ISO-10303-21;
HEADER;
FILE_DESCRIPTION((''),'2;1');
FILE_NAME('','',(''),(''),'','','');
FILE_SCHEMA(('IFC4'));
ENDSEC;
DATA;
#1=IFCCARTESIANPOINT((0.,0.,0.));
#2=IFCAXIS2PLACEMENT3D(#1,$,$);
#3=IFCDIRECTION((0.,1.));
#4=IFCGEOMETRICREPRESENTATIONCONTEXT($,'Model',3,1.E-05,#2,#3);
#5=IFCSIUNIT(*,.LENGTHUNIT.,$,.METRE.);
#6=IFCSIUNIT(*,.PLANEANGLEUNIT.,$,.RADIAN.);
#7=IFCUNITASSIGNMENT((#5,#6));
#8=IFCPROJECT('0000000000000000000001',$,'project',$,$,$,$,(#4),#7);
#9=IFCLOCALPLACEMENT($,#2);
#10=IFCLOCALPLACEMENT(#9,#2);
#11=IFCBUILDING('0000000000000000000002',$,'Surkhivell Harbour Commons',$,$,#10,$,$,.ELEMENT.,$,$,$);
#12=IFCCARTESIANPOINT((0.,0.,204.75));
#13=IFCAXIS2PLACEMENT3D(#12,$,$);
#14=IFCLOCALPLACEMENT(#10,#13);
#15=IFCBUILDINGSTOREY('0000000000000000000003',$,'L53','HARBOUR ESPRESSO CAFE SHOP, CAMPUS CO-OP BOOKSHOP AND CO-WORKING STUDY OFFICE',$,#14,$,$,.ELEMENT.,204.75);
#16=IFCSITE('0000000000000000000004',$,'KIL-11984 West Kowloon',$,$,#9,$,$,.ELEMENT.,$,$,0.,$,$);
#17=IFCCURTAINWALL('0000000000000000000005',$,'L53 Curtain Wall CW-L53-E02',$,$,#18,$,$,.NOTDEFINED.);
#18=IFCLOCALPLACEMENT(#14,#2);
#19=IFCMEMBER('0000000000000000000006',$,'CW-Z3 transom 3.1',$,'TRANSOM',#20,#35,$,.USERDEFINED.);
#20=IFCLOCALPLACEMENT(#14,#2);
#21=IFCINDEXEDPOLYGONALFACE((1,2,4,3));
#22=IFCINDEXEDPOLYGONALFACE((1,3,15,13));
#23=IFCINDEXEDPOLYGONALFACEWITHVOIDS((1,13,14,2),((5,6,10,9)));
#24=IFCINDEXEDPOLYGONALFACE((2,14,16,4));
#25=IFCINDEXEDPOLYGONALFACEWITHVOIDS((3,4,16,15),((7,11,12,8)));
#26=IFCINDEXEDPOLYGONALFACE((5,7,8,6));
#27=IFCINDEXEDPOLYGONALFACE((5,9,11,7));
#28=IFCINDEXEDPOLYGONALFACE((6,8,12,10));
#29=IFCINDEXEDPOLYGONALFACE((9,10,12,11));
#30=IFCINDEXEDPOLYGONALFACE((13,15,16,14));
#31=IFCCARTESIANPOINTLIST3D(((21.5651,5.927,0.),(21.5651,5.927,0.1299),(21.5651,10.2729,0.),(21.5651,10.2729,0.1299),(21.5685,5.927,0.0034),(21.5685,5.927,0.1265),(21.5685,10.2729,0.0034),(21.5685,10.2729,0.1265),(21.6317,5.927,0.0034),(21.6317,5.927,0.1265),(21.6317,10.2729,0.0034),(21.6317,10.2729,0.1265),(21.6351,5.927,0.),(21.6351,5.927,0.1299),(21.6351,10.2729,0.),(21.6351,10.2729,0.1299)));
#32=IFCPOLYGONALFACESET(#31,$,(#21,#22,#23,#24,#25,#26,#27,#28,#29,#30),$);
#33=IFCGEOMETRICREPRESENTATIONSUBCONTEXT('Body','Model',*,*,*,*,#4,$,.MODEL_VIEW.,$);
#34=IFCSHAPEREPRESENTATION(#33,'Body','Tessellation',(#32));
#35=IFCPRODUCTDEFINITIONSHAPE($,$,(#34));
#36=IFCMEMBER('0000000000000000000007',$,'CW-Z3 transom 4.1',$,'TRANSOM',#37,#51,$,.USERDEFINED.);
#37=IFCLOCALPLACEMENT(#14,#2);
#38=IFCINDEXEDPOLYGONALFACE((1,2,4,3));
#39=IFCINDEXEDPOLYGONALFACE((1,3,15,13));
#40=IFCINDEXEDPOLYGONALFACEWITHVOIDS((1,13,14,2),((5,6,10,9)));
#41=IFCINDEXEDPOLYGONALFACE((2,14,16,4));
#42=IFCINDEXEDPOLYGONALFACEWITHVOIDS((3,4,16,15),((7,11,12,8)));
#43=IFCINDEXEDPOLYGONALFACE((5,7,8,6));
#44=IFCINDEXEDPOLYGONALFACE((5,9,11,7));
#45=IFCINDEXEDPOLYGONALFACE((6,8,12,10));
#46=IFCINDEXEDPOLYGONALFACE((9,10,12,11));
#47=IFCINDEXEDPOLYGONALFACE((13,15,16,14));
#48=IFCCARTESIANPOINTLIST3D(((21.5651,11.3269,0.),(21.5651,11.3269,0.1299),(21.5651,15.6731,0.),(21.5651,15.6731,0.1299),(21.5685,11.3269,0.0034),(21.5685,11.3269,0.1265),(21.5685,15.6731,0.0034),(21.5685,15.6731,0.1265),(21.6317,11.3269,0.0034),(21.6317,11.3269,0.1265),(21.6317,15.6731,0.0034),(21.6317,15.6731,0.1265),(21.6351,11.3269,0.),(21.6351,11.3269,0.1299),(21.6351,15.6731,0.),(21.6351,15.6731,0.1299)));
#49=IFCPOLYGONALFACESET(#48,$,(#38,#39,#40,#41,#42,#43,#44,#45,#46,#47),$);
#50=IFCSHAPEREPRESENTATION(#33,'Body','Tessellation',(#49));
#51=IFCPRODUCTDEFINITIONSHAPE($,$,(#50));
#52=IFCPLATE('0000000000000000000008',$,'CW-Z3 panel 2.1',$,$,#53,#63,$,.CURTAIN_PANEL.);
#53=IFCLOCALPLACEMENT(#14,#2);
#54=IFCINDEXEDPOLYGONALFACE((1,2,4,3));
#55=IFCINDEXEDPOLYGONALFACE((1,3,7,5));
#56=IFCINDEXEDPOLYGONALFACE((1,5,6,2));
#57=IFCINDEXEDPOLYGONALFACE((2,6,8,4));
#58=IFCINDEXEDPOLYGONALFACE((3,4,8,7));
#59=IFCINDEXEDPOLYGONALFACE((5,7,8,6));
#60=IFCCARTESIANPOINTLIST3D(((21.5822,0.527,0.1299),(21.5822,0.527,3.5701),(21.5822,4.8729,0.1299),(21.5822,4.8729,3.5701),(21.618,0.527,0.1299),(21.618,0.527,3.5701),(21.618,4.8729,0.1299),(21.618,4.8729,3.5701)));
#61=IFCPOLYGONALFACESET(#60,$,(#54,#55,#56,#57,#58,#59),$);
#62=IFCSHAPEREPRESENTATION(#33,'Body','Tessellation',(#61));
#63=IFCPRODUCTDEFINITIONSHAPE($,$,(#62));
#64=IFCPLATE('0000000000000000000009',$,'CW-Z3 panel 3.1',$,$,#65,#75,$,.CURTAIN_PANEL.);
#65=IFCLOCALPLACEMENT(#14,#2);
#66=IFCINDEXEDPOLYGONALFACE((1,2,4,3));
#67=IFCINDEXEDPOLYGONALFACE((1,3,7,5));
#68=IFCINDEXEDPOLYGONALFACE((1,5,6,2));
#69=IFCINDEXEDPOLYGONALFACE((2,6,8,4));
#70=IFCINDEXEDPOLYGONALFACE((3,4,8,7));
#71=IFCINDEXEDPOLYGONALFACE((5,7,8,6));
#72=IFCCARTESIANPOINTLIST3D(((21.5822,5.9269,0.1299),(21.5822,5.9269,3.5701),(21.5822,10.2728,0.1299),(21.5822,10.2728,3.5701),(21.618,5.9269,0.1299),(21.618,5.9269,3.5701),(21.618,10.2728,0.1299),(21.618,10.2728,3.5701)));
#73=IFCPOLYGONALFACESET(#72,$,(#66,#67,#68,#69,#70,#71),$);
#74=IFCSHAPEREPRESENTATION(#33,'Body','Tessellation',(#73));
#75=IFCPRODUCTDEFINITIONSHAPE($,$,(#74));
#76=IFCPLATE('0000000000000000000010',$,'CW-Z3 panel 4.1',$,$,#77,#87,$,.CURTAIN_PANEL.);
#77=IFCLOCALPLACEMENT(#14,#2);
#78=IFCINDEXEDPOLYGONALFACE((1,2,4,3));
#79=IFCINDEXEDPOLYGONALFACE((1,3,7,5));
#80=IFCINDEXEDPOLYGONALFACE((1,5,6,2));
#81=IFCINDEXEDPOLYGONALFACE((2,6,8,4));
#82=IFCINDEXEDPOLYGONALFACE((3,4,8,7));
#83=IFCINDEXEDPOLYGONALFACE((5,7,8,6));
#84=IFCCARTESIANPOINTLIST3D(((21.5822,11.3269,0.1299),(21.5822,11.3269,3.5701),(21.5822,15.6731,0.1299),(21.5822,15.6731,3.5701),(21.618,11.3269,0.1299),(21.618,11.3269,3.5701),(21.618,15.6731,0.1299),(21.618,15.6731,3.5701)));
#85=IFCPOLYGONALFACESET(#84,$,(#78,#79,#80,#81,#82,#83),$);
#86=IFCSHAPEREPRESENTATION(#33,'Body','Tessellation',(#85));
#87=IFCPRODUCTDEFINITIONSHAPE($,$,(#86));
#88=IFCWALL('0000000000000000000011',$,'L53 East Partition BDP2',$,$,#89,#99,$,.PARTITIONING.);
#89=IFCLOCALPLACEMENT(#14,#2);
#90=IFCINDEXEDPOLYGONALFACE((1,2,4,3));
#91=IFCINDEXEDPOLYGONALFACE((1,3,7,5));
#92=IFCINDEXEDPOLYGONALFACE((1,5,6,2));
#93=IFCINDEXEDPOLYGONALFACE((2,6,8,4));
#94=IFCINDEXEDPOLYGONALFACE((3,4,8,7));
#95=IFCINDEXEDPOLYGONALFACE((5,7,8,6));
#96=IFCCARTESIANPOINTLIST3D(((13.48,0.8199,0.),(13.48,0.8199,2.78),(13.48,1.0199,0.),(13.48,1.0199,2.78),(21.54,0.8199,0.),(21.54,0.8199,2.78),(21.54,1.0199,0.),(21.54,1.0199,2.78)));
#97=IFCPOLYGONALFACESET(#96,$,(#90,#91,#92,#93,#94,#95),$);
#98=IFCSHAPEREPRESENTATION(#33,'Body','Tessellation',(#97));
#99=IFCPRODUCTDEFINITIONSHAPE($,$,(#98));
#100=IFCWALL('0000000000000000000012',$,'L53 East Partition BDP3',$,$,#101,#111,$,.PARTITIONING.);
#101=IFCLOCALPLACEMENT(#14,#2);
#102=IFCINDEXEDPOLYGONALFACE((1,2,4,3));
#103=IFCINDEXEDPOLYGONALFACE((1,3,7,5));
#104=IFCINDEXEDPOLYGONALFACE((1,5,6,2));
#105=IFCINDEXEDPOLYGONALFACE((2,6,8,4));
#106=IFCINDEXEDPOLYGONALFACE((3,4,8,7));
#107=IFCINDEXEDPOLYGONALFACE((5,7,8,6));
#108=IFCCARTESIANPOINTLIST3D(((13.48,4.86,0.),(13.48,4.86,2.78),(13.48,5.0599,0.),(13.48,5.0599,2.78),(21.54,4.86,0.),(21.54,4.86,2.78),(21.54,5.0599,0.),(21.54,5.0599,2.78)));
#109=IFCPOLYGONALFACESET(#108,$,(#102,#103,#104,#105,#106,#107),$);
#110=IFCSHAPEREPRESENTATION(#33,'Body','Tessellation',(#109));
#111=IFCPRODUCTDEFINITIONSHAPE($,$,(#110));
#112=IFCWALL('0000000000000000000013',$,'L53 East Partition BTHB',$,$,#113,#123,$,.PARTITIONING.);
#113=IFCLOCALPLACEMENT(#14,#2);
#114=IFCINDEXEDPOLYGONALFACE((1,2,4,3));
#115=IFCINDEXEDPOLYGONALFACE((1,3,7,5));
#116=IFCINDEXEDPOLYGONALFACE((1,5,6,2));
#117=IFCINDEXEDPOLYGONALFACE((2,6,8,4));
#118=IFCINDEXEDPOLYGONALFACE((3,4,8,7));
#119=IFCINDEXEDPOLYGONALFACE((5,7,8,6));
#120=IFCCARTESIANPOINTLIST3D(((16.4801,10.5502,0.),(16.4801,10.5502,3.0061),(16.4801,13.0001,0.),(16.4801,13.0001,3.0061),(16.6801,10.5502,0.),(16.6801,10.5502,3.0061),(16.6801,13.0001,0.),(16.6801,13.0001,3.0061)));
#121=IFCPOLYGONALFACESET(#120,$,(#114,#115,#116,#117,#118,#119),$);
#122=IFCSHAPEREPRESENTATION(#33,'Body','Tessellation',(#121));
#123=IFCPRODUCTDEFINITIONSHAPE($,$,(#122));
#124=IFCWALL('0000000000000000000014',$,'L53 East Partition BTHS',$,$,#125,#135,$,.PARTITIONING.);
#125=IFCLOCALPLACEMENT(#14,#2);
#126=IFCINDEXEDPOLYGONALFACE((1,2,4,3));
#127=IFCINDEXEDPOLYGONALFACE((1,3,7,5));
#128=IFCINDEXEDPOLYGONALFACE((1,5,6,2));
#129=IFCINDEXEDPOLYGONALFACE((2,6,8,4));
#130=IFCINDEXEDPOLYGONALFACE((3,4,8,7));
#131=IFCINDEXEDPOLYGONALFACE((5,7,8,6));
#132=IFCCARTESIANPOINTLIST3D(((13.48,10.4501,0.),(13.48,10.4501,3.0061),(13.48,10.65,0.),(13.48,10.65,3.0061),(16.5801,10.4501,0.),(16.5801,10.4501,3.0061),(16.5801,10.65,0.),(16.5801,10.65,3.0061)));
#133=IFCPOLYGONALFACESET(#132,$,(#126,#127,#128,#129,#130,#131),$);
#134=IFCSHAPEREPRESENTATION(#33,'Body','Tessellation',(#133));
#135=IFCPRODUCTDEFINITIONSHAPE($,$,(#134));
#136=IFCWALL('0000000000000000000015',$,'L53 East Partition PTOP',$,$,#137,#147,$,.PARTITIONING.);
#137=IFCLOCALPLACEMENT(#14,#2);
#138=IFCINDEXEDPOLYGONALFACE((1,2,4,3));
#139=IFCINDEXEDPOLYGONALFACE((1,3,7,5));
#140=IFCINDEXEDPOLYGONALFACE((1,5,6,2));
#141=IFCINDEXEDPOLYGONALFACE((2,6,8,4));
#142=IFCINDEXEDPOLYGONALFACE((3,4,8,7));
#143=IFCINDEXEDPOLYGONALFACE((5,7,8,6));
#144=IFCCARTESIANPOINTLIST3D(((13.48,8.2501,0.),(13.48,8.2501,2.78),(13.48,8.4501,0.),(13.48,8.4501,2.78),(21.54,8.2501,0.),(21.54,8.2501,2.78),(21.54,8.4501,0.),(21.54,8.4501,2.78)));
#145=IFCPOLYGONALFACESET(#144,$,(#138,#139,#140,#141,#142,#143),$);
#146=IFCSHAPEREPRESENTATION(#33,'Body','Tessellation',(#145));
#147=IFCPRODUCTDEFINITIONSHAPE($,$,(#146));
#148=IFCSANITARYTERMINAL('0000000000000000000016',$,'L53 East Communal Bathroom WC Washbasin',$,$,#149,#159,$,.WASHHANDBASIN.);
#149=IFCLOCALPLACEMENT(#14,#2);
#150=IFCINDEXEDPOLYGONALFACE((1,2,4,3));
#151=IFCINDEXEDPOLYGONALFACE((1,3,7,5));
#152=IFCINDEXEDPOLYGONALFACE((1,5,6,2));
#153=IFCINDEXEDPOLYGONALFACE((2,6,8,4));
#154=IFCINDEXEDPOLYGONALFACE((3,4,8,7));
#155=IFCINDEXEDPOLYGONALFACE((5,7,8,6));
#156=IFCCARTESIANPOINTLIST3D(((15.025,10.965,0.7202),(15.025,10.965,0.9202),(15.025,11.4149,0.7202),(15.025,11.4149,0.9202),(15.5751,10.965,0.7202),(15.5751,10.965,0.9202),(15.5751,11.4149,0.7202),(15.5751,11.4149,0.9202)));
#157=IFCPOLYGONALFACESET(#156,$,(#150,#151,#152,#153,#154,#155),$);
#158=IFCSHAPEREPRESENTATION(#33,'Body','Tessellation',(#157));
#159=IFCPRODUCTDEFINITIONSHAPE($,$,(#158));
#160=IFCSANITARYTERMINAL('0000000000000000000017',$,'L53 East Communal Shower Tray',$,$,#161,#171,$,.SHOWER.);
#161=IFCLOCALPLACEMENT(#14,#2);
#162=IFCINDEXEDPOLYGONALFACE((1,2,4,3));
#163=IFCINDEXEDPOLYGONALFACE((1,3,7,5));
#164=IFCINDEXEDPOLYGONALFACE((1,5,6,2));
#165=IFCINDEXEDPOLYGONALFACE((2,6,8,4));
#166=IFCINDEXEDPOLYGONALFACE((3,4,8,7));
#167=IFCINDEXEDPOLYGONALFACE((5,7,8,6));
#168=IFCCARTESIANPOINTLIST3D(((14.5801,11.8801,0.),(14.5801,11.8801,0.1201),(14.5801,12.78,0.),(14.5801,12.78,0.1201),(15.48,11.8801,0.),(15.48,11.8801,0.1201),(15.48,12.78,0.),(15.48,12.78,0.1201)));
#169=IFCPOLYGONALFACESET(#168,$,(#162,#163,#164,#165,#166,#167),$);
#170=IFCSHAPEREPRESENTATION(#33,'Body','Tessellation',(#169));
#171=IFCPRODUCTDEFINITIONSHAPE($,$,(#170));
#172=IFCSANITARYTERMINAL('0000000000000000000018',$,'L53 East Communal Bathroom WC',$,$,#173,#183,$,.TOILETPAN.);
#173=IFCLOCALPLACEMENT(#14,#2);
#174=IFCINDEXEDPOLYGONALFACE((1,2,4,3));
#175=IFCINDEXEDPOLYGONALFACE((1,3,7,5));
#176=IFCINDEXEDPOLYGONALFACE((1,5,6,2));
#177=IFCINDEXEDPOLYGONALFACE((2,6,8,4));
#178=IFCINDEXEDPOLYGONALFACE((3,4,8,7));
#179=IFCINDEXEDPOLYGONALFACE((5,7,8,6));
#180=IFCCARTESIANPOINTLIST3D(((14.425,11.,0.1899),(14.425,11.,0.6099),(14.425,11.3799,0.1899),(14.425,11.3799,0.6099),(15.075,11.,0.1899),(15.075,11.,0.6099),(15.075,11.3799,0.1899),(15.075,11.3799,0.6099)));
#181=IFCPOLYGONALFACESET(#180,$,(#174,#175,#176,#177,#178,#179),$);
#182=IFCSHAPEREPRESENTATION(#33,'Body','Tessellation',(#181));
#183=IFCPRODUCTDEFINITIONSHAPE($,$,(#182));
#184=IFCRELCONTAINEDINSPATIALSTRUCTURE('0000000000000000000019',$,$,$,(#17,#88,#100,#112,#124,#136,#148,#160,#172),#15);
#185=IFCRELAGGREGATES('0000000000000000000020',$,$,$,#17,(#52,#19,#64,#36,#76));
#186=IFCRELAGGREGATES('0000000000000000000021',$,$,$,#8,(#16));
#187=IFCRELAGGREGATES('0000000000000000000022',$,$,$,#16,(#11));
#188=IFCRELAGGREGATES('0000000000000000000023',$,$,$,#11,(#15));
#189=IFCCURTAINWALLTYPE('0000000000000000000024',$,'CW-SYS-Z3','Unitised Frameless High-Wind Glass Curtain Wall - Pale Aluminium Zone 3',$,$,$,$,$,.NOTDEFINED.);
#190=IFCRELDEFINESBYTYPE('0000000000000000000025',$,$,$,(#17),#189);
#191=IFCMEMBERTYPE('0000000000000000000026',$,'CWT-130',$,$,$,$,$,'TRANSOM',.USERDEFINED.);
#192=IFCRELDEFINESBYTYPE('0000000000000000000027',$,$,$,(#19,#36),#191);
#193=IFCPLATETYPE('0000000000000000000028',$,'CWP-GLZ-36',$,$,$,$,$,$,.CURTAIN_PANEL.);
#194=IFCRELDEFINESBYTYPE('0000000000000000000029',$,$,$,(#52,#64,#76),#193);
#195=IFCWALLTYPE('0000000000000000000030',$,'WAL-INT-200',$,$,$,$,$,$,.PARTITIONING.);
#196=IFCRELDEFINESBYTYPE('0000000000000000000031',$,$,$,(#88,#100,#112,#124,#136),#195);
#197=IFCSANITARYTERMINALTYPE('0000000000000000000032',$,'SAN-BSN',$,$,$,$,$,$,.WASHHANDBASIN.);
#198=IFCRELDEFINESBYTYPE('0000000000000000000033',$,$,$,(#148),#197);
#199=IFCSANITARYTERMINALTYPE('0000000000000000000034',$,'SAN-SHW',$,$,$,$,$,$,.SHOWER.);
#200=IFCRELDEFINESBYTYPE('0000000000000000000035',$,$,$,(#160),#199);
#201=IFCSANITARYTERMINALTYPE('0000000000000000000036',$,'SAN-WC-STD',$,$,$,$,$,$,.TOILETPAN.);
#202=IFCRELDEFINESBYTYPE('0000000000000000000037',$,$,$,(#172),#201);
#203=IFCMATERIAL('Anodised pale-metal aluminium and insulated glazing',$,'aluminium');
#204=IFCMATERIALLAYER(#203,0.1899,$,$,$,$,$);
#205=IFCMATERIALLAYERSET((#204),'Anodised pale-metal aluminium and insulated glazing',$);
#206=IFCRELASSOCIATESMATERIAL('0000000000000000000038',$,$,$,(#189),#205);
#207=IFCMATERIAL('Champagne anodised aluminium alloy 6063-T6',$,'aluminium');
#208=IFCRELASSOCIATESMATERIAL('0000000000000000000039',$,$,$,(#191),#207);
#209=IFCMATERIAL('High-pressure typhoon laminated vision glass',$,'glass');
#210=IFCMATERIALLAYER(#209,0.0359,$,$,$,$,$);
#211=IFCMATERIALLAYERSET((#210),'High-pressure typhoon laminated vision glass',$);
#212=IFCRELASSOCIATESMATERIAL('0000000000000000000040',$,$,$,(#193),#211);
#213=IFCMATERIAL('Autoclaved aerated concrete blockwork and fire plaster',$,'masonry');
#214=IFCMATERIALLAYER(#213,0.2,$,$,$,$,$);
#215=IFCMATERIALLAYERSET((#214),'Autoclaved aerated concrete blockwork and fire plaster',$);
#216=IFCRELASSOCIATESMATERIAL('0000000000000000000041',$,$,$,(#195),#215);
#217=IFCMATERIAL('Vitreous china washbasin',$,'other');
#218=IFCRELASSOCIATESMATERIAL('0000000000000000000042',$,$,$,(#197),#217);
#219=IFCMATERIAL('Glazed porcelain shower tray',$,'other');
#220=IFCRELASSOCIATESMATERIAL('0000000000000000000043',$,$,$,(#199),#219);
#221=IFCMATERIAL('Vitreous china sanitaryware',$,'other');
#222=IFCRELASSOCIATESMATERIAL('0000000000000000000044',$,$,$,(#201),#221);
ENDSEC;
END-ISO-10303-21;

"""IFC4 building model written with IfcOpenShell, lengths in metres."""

from ifc_helpers import new_model, si_unit, direction, frame, frame_2d, origin, origin_2d, place, context, subcontext, project, spatial, rectangle, hollow_rectangle, extrude, material, layer, layer_set, material_profile, profile_set, type_object, element, aggregate, save


model = new_model("IFC4")

# Units and contexts
model_context = context("Model", 3, precision=1e-05, world=origin(), true_north=direction((0.0, 1.0)))
body_context = subcontext(model_context, "Body", "Model", "MODEL_VIEW")
ifc_project = project(units=[si_unit("LENGTHUNIT", "METRE"), si_unit("PLANEANGLEUNIT", "RADIAN")], contexts=[model_context])

# Site, building, storey
site_placement = place(None, origin())
site = spatial("IfcSite", under=ifc_project, at=site_placement, Name="KIL-11984 West Kowloon", CompositionType="ELEMENT", RefElevation=0.0)
building_placement = place(site_placement, origin())
building = spatial("IfcBuilding", under=site, at=building_placement, Name="Surkhivell Harbour Commons", CompositionType="ELEMENT")
storey_placement = place(building_placement, frame((0.0, 0.0, 204.75)))
storey = spatial("IfcBuildingStorey", under=building, at=storey_placement, Name="L53", Description="HARBOUR ESPRESSO CAFE SHOP, CAMPUS CO-OP BOOKSHOP AND CO-WORKING STUDY OFFICE", CompositionType="ELEMENT", Elevation=204.75)

# Curtain wall, members, plates
ifc_material_1 = material(Name="Anodised pale-metal aluminium and insulated glazing", Category="aluminium")
ifc_layer_1 = layer(ifc_material_1, 0.1899)
ifc_layer_set_1 = layer_set([ifc_layer_1], Name="Anodised pale-metal aluminium and insulated glazing")
curtain_wall_type = type_object("IfcCurtainWallType", Name="CW-SYS-Z3", Description="Unitised Frameless High-Wind Glass Curtain Wall - Pale Aluminium Zone 3", PredefinedType="NOTDEFINED", material=ifc_layer_set_1)
curtain_wall_placement = place(storey_placement, origin())
curtain_wall = element("IfcCurtainWall", 1, at=curtain_wall_placement, inside=storey, type_object=curtain_wall_type, Name="L53 Curtain Wall CW-L53-E02", PredefinedType="NOTDEFINED")
ifc_material_2 = material(Name="Champagne anodised aluminium alloy 6063-T6", Category="aluminium")
ifc_material_profile_1 = material_profile(ifc_material_2, hollow_rectangle(XDim=0.0701, YDim=0.1299, WallThickness=0.0034, at=origin_2d()), Name="ALU-TRAN-70x130")
ifc_profile_set_1 = profile_set([ifc_material_profile_1], Name="Champagne anodised aluminium alloy 6063-T6")
member_type_1 = type_object("IfcMemberType", Name="CWT-130", ElementType="TRANSOM", PredefinedType="USERDEFINED", material=ifc_profile_set_1)
member_1_placement = place(storey_placement, frame((21.6001, 5.927, 0.0649), z_axis=(0.0, 1.0, 0.0), x_axis=(-1.0, 0.0, 0.0)))
member_1 = element("IfcMember", 2, at=member_1_placement, type_object=member_type_1, Name="CW-Z3 transom 3.1", ObjectType="TRANSOM", PredefinedType="USERDEFINED", context=body_context, shape_type="SweptSolid", body=[
    extrude(hollow_rectangle(XDim=0.0701, YDim=0.1299, WallThickness=0.0034, at=origin_2d()), origin(), (0.0, 0.0, 1.0), 4.3459),
])
member_2_placement = place(storey_placement, frame((21.6001, 11.3269, 0.0649), z_axis=(0.0, 1.0, 0.0), x_axis=(-1.0, 0.0, 0.0)))
member_2 = element("IfcMember", 3, at=member_2_placement, type_object=member_type_1, Name="CW-Z3 transom 4.1", ObjectType="TRANSOM", PredefinedType="USERDEFINED", context=body_context, shape_type="SweptSolid", body=[
    extrude(hollow_rectangle(XDim=0.0701, YDim=0.1299, WallThickness=0.0034, at=origin_2d()), origin(), (0.0, 0.0, 1.0), 4.3462),
])
ifc_material_3 = material(Name="High-pressure typhoon laminated vision glass", Category="glass")
ifc_layer_2 = layer(ifc_material_3, 0.0359)
ifc_layer_set_2 = layer_set([ifc_layer_2], Name="High-pressure typhoon laminated vision glass")
plate_type = type_object("IfcPlateType", Name="CWP-GLZ-36", PredefinedType="CURTAIN_PANEL", material=ifc_layer_set_2)
plate_1_placement = place(storey_placement, frame((21.6001, 0.5271, 0.1299), z_axis=(0.0, 0.0, 1.0), x_axis=(0.0, 1.0, 0.0)))
plate_1 = element("IfcPlate", 4, at=plate_1_placement, type_object=plate_type, Name="CW-Z3 panel 2.1", PredefinedType="CURTAIN_PANEL", context=body_context, shape_type="SweptSolid", body=[
    extrude(rectangle(XDim=4.3459, YDim=0.0359, at=frame_2d((2.1729, 0.0))), origin(), (0.0, 0.0, 1.0), 3.4402),
])
plate_2_placement = place(storey_placement, frame((21.6001, 5.927, 0.1299), z_axis=(0.0, 0.0, 1.0), x_axis=(0.0, 1.0, 0.0)))
plate_2 = element("IfcPlate", 5, at=plate_2_placement, type_object=plate_type, Name="CW-Z3 panel 3.1", PredefinedType="CURTAIN_PANEL", context=body_context, shape_type="SweptSolid", body=[
    extrude(rectangle(XDim=4.3459, YDim=0.0359, at=frame_2d((2.1729, 0.0))), origin(), (0.0, 0.0, 1.0), 3.4402),
])
plate_3_placement = place(storey_placement, frame((21.6001, 11.3269, 0.1299), z_axis=(0.0, 0.0, 1.0), x_axis=(0.0, 1.0, 0.0)))
plate_3 = element("IfcPlate", 6, at=plate_3_placement, type_object=plate_type, Name="CW-Z3 panel 4.1", PredefinedType="CURTAIN_PANEL", context=body_context, shape_type="SweptSolid", body=[
    extrude(rectangle(XDim=4.3462, YDim=0.0359, at=frame_2d((2.1731, 0.0))), origin(), (0.0, 0.0, 1.0), 3.4402),
])
aggregate(curtain_wall, [plate_1, member_1, plate_2, member_2, plate_3])

# Walls
ifc_material_4 = material(Name="Autoclaved aerated concrete blockwork and fire plaster", Category="masonry")
ifc_layer_3 = layer(ifc_material_4, 0.2)
ifc_layer_set_3 = layer_set([ifc_layer_3], Name="Autoclaved aerated concrete blockwork and fire plaster")
wall_type = type_object("IfcWallType", Name="WAL-INT-200", PredefinedType="PARTITIONING", material=ifc_layer_set_3)
for number, where, z_axis, x_axis, name in (
    (7, (13.48, 0.9199, 0.0), (0.0, 0.0, 1.0), (1.0, 0.0, 0.0), "L53 East Partition BDP2"),
    (8, (13.48, 4.96, 0.0), (0.0, 0.0, 1.0), (1.0, 0.0, 0.0), "L53 East Partition BDP3"),
):
    element("IfcWall", number, at=place(storey_placement, frame(where, z_axis=z_axis, x_axis=x_axis)), inside=storey, type_object=wall_type, Name=name, PredefinedType="PARTITIONING", context=body_context, shape_type="SweptSolid", body=[
        extrude(rectangle(XDim=8.0601, YDim=0.2, at=frame_2d((4.03, 0.0))), origin(), (0.0, 0.0, 1.0), 2.78),
    ])
wall_1_placement = place(storey_placement, frame((16.5801, 10.55, 0.0), z_axis=(0.0, 0.0, 1.0), x_axis=(0.0, 1.0, 0.0)))
element("IfcWall", 9, at=wall_1_placement, inside=storey, type_object=wall_type, Name="L53 East Partition BTHB", PredefinedType="PARTITIONING", context=body_context, shape_type="SweptSolid", body=[
    extrude(rectangle(XDim=2.45, YDim=0.2, at=frame_2d((1.2251, 0.0))), origin(), (0.0, 0.0, 1.0), 3.0061),
])
wall_2_placement = place(storey_placement, frame((13.48, 10.55, 0.0), z_axis=(0.0, 0.0, 1.0), x_axis=(1.0, 0.0, 0.0)))
element("IfcWall", 10, at=wall_2_placement, inside=storey, type_object=wall_type, Name="L53 East Partition BTHS", PredefinedType="PARTITIONING", context=body_context, shape_type="SweptSolid", body=[
    extrude(rectangle(XDim=3.1001, YDim=0.2, at=frame_2d((1.55, 0.0))), origin(), (0.0, 0.0, 1.0), 3.0061),
])
wall_3_placement = place(storey_placement, frame((13.48, 8.3501, 0.0), z_axis=(0.0, 0.0, 1.0), x_axis=(1.0, 0.0, 0.0)))
element("IfcWall", 11, at=wall_3_placement, inside=storey, type_object=wall_type, Name="L53 East Partition PTOP", PredefinedType="PARTITIONING", context=body_context, shape_type="SweptSolid", body=[
    extrude(rectangle(XDim=8.0601, YDim=0.2, at=frame_2d((4.03, 0.0))), origin(), (0.0, 0.0, 1.0), 2.78),
])

# Sanitary terminals
ifc_material_5 = material(Name="Vitreous china washbasin", Category="other")
sanitary_terminal_type_1 = type_object("IfcSanitaryTerminalType", Name="SAN-BSN", PredefinedType="WASHHANDBASIN", material=ifc_material_5)
sanitary_terminal_1_placement = place(storey_placement, frame((15.3, 11.1899, 0.7202), z_axis=(0.0, 0.0, 1.0), x_axis=(1.0, 0.0, 0.0)))
element("IfcSanitaryTerminal", 12, at=sanitary_terminal_1_placement, inside=storey, type_object=sanitary_terminal_type_1, Name="L53 East Communal Bathroom WC Washbasin", PredefinedType="WASHHANDBASIN", context=body_context, shape_type="SweptSolid", body=[
    extrude(rectangle(XDim=0.55, YDim=0.45, at=origin_2d()), origin(), (0.0, 0.0, 1.0), 0.2),
])
ifc_material_6 = material(Name="Glazed porcelain shower tray", Category="other")
sanitary_terminal_type_2 = type_object("IfcSanitaryTerminalType", Name="SAN-SHW", PredefinedType="SHOWER", material=ifc_material_6)
sanitary_terminal_2_placement = place(storey_placement, frame((15.03, 12.3301, 0.0), z_axis=(0.0, 0.0, 1.0), x_axis=(1.0, 0.0, 0.0)))
element("IfcSanitaryTerminal", 13, at=sanitary_terminal_2_placement, inside=storey, type_object=sanitary_terminal_type_2, Name="L53 East Communal Shower Tray", PredefinedType="SHOWER", context=body_context, shape_type="SweptSolid", body=[
    extrude(rectangle(XDim=0.8999, YDim=0.8999, at=origin_2d()), origin(), (0.0, 0.0, 1.0), 0.1201),
])
ifc_material_7 = material(Name="Vitreous china sanitaryware", Category="other")
sanitary_terminal_type_3 = type_object("IfcSanitaryTerminalType", Name="SAN-WC-STD", PredefinedType="TOILETPAN", material=ifc_material_7)
sanitary_terminal_3_placement = place(storey_placement, frame((14.75, 11.1899, 0.1899), z_axis=(0.0, 0.0, 1.0), x_axis=(1.0, 0.0, 0.0)))
element("IfcSanitaryTerminal", 14, at=sanitary_terminal_3_placement, inside=storey, type_object=sanitary_terminal_type_3, Name="L53 East Communal Bathroom WC", PredefinedType="TOILETPAN", context=body_context, shape_type="SweptSolid", body=[
    extrude(rectangle(XDim=0.6499, YDim=0.3799, at=origin_2d()), origin(), (0.0, 0.0, 1.0), 0.4199),
])

save(model, "model.ifc")
